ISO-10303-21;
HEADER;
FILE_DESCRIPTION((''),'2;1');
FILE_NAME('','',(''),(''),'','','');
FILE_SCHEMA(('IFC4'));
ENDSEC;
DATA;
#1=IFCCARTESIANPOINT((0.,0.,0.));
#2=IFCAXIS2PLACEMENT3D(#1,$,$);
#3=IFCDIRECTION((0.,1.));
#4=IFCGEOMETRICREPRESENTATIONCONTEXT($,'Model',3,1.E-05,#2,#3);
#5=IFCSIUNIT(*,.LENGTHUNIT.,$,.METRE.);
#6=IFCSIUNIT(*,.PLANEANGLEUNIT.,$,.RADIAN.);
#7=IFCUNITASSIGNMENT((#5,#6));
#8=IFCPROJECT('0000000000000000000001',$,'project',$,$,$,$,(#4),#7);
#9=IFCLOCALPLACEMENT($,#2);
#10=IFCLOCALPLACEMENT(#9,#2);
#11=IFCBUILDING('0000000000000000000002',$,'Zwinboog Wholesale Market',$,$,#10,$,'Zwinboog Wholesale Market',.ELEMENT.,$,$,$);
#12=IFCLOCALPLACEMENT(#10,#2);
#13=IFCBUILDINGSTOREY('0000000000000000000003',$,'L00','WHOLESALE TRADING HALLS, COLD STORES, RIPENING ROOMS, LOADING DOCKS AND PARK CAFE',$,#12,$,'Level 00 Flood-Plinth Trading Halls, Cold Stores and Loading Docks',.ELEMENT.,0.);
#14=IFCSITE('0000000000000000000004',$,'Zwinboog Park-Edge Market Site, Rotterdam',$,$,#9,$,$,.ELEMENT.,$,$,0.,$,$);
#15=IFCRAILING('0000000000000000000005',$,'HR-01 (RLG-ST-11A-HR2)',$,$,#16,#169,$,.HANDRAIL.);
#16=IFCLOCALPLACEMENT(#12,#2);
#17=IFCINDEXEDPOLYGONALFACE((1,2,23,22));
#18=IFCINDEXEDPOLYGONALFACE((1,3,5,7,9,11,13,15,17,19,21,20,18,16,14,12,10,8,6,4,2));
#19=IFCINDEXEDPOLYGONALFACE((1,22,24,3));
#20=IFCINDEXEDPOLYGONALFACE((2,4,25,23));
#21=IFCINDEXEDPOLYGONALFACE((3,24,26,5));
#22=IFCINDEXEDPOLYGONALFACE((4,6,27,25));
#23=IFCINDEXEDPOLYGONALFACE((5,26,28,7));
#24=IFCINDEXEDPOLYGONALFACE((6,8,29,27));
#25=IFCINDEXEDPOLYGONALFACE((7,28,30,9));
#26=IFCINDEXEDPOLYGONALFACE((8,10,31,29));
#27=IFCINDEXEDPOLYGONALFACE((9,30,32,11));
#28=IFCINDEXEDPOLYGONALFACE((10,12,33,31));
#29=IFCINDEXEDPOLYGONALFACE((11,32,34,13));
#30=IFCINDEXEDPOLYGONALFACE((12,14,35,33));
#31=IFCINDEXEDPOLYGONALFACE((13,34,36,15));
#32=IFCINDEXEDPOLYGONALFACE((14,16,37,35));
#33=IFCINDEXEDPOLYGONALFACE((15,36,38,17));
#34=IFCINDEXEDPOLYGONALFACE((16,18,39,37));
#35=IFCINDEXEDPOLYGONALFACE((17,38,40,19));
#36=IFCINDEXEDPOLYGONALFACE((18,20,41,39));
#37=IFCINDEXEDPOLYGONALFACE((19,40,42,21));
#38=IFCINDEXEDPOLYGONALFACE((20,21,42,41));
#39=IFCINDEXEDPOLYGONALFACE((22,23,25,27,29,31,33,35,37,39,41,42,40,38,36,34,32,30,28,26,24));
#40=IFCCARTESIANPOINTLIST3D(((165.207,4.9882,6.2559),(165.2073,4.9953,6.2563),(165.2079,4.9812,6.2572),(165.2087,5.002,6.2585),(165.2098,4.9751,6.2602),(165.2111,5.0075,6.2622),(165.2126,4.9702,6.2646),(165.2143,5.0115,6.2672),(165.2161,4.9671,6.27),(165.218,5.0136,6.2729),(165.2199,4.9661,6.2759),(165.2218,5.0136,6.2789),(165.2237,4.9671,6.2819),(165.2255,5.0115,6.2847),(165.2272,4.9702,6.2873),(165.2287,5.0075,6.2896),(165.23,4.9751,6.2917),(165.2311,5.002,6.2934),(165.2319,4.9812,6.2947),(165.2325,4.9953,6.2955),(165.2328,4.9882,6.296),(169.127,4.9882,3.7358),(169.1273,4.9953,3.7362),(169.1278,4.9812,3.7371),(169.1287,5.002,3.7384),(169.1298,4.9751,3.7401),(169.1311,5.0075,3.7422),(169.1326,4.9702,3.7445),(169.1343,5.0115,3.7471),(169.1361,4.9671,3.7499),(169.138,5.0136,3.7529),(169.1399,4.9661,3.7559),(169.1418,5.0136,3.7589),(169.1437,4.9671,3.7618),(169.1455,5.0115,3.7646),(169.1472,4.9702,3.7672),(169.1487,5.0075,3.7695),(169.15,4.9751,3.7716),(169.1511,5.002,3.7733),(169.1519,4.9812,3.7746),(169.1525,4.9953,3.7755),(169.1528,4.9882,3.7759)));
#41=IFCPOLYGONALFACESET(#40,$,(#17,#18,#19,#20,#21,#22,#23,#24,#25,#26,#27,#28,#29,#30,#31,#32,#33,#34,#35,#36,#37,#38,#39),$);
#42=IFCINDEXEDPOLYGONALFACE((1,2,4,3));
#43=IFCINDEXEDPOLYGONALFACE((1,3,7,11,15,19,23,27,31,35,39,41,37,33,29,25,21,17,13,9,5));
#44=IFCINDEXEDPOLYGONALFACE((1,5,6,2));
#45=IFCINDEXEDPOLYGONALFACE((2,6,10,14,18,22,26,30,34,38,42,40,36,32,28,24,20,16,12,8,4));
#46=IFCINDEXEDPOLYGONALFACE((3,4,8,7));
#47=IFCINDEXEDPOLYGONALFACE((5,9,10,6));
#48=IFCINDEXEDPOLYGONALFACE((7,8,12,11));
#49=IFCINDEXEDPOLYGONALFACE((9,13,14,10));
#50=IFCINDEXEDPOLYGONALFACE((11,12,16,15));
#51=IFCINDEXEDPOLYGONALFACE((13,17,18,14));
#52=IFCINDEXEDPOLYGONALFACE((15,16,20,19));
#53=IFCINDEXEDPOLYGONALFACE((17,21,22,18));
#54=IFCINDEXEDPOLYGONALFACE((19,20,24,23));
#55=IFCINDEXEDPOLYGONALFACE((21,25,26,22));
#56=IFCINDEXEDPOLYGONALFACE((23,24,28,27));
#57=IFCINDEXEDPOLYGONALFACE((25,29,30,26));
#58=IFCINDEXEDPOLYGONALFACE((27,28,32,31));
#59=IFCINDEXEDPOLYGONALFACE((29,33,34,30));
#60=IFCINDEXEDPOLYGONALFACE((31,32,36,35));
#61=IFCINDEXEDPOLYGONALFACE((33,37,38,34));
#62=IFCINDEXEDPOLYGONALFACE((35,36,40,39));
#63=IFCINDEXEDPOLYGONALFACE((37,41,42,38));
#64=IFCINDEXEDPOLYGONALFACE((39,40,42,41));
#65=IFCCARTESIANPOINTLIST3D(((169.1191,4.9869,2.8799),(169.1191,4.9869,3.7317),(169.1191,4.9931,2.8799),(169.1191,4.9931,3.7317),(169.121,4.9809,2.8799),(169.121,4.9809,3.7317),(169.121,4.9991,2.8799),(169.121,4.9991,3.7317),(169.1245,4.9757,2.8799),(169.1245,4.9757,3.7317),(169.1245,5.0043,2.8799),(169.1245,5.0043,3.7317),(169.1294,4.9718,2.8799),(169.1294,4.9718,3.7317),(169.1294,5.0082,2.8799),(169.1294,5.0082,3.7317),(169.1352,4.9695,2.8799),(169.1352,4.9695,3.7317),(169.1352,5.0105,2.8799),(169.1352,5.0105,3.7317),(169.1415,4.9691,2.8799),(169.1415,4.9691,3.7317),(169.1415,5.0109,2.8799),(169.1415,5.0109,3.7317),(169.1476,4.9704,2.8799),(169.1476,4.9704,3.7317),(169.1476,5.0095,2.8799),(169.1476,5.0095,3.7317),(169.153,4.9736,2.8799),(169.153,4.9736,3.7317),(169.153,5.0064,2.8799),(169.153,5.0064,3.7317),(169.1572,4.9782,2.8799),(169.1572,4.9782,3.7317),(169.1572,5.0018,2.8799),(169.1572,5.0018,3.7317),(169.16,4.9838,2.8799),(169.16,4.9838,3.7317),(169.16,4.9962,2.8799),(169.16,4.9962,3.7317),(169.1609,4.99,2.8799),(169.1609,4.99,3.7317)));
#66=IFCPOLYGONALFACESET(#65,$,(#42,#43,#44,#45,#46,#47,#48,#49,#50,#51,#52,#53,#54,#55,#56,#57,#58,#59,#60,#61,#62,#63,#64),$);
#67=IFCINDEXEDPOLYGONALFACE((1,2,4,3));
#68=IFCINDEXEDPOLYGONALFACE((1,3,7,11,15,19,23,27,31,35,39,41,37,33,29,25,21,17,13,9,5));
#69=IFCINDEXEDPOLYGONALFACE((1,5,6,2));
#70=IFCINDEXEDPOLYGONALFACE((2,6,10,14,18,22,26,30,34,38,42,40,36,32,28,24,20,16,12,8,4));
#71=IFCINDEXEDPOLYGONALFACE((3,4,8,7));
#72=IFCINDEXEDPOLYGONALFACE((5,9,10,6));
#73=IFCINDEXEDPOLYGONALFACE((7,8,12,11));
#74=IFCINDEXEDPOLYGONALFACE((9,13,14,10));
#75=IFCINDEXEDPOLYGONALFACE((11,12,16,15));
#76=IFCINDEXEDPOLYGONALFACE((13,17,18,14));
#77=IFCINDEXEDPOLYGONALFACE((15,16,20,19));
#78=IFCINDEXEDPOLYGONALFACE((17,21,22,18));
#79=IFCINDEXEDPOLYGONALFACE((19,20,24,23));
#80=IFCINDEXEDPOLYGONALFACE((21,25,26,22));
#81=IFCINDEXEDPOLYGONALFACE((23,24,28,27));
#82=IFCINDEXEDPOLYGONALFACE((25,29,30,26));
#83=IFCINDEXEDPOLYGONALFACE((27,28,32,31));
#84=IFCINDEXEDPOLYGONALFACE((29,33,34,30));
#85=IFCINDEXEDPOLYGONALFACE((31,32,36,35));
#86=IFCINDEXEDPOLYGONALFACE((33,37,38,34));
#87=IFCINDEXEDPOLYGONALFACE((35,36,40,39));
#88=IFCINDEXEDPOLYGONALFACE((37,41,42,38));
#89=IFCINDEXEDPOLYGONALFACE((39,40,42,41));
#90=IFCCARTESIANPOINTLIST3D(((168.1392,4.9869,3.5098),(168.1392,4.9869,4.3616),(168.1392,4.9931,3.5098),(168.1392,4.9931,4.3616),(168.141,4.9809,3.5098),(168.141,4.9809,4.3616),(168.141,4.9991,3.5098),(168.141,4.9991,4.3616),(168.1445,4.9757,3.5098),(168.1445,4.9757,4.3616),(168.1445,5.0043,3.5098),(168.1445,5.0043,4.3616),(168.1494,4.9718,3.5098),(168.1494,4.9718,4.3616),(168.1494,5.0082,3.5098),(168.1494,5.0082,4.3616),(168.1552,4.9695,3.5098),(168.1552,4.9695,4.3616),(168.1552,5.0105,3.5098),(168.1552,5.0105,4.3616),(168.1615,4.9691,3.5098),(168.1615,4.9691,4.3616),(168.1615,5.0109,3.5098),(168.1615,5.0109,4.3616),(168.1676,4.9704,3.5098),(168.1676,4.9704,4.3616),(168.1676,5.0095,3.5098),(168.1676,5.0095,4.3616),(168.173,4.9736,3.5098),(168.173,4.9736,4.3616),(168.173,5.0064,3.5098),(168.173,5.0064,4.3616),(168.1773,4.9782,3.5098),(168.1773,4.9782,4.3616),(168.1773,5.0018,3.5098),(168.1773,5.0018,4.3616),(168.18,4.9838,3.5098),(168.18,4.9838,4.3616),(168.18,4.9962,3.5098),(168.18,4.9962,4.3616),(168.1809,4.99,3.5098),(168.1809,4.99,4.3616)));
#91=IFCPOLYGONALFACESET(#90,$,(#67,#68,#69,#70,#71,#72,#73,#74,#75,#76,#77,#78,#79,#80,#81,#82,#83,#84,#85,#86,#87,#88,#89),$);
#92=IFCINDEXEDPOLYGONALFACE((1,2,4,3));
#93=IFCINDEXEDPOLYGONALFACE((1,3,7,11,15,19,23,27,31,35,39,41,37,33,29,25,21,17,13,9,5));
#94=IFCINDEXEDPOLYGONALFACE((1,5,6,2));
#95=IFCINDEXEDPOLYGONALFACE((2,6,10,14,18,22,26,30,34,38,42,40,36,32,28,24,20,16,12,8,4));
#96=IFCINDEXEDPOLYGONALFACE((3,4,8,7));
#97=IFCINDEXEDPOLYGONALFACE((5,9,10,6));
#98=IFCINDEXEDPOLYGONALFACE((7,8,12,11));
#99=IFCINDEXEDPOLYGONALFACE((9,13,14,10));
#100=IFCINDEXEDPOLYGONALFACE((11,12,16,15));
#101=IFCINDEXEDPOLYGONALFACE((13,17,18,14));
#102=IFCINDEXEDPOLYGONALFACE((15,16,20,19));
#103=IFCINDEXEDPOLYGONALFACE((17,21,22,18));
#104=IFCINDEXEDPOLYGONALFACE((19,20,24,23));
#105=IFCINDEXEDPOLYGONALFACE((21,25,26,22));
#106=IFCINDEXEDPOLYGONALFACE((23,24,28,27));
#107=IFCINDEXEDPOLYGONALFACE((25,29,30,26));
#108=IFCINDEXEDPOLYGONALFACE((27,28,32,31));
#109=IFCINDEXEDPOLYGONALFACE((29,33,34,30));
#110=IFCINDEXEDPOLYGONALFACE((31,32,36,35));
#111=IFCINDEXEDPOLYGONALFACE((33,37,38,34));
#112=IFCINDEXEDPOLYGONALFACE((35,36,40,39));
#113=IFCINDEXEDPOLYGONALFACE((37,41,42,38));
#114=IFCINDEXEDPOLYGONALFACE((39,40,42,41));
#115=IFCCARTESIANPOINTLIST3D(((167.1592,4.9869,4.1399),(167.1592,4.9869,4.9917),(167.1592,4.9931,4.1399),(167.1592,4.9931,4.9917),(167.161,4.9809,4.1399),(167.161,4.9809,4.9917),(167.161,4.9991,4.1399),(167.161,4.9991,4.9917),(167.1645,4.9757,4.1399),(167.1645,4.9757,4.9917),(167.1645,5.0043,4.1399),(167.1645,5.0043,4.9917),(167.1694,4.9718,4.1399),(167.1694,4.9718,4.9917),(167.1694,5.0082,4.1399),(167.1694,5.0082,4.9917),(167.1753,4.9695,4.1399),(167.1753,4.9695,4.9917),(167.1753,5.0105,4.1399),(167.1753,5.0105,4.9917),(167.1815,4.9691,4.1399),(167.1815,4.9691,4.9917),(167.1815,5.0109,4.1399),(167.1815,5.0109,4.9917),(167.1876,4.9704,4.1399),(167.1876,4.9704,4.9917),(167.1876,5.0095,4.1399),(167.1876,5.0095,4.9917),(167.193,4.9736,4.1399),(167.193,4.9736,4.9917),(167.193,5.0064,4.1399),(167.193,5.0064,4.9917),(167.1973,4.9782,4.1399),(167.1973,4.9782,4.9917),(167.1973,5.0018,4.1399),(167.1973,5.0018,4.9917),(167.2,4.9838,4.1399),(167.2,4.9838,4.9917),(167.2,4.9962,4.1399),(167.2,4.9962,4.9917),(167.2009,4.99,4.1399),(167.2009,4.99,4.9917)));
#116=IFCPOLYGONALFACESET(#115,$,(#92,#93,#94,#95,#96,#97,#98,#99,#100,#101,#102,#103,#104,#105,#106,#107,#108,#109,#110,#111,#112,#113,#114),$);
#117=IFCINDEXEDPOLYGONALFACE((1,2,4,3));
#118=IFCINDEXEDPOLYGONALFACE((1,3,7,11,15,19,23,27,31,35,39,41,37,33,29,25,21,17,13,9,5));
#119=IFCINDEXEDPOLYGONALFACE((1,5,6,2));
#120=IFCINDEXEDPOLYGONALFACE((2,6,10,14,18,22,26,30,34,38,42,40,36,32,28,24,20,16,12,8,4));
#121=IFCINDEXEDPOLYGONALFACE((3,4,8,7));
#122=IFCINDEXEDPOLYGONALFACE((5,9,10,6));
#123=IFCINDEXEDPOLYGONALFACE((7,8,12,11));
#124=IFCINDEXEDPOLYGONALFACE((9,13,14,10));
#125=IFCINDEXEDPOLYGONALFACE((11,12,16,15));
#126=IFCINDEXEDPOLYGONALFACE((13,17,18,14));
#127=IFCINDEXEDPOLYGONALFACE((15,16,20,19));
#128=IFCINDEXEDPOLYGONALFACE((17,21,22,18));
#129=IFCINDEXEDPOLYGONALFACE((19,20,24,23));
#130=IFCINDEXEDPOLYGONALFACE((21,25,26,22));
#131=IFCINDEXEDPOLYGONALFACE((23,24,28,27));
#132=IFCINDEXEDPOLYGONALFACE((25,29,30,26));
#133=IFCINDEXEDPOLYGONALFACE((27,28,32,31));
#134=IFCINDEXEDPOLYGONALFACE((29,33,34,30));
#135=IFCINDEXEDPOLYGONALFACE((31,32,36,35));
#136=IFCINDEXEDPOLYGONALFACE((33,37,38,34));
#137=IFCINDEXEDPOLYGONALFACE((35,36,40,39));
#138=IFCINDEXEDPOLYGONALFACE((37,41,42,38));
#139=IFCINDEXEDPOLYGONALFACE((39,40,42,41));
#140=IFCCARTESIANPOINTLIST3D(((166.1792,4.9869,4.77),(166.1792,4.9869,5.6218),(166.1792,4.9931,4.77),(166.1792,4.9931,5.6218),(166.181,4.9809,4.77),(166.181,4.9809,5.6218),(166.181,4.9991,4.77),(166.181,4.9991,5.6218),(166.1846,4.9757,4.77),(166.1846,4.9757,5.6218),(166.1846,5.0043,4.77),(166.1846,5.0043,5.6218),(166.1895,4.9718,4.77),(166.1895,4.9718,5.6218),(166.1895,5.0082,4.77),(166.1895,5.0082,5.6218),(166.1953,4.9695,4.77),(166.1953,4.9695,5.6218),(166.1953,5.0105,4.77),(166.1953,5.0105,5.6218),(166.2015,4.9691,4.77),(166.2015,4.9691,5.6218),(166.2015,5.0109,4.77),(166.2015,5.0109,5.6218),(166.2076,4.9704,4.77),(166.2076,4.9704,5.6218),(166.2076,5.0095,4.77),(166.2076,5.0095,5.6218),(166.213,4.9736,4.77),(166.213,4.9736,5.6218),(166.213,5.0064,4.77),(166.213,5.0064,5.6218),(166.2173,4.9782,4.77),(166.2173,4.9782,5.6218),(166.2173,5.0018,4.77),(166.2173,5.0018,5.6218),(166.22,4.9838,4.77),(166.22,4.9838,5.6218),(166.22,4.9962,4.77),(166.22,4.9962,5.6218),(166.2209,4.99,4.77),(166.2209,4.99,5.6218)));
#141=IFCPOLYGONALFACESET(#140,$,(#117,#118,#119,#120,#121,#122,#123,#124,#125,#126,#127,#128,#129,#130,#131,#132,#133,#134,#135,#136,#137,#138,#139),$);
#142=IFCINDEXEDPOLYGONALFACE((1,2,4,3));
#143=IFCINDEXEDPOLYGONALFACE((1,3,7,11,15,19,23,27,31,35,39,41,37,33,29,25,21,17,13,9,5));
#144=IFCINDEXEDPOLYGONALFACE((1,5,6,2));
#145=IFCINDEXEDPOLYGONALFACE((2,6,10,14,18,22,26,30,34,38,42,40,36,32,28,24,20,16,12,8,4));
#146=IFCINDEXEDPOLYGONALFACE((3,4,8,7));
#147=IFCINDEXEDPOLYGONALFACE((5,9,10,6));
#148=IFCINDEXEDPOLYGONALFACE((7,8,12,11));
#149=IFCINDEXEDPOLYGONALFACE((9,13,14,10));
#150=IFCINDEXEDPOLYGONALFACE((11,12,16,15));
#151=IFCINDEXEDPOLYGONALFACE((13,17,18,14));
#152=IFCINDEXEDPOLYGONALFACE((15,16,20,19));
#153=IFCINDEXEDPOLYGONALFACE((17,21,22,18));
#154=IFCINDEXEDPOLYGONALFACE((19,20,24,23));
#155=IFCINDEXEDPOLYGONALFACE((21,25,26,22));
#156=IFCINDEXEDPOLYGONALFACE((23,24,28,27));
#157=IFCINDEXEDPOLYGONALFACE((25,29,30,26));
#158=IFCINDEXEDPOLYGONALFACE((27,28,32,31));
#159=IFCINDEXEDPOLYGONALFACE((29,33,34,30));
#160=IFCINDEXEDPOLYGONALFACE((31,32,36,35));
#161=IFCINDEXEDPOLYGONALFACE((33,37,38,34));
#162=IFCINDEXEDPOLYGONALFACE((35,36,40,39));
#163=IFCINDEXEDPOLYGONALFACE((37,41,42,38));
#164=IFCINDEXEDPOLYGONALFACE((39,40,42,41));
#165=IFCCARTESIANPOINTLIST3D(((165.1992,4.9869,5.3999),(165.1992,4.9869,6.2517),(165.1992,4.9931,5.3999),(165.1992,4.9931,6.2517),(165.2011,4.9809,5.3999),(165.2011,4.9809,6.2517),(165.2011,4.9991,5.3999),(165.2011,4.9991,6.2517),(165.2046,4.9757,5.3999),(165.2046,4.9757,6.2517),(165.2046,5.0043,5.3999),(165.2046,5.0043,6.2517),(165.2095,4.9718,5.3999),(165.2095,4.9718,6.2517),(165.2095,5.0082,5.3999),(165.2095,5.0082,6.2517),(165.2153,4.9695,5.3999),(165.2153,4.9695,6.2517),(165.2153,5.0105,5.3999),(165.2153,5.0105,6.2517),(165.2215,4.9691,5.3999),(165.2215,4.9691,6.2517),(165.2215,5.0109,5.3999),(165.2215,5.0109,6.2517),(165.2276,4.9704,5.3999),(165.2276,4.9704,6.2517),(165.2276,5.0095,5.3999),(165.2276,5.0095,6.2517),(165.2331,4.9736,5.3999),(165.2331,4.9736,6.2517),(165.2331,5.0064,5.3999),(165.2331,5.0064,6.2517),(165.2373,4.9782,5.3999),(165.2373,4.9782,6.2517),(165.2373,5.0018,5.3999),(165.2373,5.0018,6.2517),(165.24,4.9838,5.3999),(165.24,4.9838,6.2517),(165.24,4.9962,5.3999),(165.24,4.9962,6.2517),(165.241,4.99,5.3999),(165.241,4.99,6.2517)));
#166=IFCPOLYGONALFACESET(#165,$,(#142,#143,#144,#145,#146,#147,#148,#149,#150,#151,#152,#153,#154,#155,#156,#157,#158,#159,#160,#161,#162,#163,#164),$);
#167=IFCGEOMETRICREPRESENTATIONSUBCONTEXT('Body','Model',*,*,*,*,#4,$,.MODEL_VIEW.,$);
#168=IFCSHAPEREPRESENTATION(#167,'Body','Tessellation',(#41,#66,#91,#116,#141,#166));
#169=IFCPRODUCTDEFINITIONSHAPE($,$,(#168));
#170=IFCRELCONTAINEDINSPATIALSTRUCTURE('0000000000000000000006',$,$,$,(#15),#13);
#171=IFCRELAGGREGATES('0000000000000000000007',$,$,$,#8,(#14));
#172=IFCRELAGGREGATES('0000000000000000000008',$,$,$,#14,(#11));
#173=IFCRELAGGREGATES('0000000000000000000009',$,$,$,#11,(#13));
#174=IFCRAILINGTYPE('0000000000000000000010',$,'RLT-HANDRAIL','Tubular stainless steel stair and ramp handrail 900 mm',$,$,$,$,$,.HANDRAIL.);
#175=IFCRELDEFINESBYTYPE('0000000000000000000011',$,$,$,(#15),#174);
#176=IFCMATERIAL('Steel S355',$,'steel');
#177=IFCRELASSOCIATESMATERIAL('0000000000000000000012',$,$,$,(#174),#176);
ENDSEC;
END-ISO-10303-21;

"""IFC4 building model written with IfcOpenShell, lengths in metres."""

from ifc_helpers import new_model, si_unit, direction, frame, origin, origin_2d, place, context, subcontext, project, spatial, circle, extrude, material, type_object, element, save


model = new_model("IFC4")

# Units and contexts
model_context = context("Model", 3, precision=1e-05, world=origin(), true_north=direction((0.0, 1.0)))
body_context = subcontext(model_context, "Body", "Model", "MODEL_VIEW")
ifc_project = project(units=[si_unit("LENGTHUNIT", "METRE"), si_unit("PLANEANGLEUNIT", "RADIAN")], contexts=[model_context])

# Site, building, storey
site_placement = place(None, origin())
site = spatial("IfcSite", under=ifc_project, at=site_placement, Name="Zwinboog Park-Edge Market Site, Rotterdam", CompositionType="ELEMENT", RefElevation=0.0)
building_placement = place(site_placement, origin())
building = spatial("IfcBuilding", under=site, at=building_placement, Name="Zwinboog Wholesale Market", LongName="Zwinboog Wholesale Market", CompositionType="ELEMENT")
storey_placement = place(building_placement, origin())
storey = spatial("IfcBuildingStorey", under=building, at=storey_placement, Name="L00", Description="WHOLESALE TRADING HALLS, COLD STORES, RIPENING ROOMS, LOADING DOCKS AND PARK CAFE", LongName="Level 00 Flood-Plinth Trading Halls, Cold Stores and Loading Docks", CompositionType="ELEMENT", Elevation=0.0)

# Railing
ifc_material_1 = material(Name="Steel S355", Category="steel")
railing_type_1 = type_object("IfcRailingType", Name="RLT-HANDRAIL", Description="Tubular stainless steel stair and ramp handrail 900 mm", PredefinedType="HANDRAIL", material=ifc_material_1)
railing_1_placement = place(storey_placement, frame((169.1399, 4.99, 2.8799)))
element("IfcRailing", 1, at=railing_1_placement, inside=storey, type_object=railing_type_1, Name="HR-01 (RLG-ST-11A-HR2)", PredefinedType="HANDRAIL", context=body_context, shape_type="SweptSolid", body=[
    extrude(circle(Radius=0.0239, at=origin_2d()), frame((0.0, 0.0, 0.876), z_axis=(-0.841172, 0.0, 0.540768), x_axis=(0.0, -1.0, 0.0)), (0.0, 0.0, 1.0), 4.6602),
    extrude(circle(Radius=0.021, at=origin_2d()), origin(), (0.0, 0.0, 1.0), 0.8518),
    extrude(circle(Radius=0.021, at=origin_2d()), frame((-0.98, 0.0, 0.6299)), (0.0, 0.0, 1.0), 0.8518),
    extrude(circle(Radius=0.021, at=origin_2d()), frame((-1.96, 0.0, 1.26)), (0.0, 0.0, 1.0), 0.8518),
    extrude(circle(Radius=0.021, at=origin_2d()), frame((-2.9399, 0.0, 1.8901)), (0.0, 0.0, 1.0), 0.8518),
    extrude(circle(Radius=0.021, at=origin_2d()), frame((-3.9199, 0.0, 2.52)), (0.0, 0.0, 1.0), 0.8518),
])

save(model, "model.ifc")
